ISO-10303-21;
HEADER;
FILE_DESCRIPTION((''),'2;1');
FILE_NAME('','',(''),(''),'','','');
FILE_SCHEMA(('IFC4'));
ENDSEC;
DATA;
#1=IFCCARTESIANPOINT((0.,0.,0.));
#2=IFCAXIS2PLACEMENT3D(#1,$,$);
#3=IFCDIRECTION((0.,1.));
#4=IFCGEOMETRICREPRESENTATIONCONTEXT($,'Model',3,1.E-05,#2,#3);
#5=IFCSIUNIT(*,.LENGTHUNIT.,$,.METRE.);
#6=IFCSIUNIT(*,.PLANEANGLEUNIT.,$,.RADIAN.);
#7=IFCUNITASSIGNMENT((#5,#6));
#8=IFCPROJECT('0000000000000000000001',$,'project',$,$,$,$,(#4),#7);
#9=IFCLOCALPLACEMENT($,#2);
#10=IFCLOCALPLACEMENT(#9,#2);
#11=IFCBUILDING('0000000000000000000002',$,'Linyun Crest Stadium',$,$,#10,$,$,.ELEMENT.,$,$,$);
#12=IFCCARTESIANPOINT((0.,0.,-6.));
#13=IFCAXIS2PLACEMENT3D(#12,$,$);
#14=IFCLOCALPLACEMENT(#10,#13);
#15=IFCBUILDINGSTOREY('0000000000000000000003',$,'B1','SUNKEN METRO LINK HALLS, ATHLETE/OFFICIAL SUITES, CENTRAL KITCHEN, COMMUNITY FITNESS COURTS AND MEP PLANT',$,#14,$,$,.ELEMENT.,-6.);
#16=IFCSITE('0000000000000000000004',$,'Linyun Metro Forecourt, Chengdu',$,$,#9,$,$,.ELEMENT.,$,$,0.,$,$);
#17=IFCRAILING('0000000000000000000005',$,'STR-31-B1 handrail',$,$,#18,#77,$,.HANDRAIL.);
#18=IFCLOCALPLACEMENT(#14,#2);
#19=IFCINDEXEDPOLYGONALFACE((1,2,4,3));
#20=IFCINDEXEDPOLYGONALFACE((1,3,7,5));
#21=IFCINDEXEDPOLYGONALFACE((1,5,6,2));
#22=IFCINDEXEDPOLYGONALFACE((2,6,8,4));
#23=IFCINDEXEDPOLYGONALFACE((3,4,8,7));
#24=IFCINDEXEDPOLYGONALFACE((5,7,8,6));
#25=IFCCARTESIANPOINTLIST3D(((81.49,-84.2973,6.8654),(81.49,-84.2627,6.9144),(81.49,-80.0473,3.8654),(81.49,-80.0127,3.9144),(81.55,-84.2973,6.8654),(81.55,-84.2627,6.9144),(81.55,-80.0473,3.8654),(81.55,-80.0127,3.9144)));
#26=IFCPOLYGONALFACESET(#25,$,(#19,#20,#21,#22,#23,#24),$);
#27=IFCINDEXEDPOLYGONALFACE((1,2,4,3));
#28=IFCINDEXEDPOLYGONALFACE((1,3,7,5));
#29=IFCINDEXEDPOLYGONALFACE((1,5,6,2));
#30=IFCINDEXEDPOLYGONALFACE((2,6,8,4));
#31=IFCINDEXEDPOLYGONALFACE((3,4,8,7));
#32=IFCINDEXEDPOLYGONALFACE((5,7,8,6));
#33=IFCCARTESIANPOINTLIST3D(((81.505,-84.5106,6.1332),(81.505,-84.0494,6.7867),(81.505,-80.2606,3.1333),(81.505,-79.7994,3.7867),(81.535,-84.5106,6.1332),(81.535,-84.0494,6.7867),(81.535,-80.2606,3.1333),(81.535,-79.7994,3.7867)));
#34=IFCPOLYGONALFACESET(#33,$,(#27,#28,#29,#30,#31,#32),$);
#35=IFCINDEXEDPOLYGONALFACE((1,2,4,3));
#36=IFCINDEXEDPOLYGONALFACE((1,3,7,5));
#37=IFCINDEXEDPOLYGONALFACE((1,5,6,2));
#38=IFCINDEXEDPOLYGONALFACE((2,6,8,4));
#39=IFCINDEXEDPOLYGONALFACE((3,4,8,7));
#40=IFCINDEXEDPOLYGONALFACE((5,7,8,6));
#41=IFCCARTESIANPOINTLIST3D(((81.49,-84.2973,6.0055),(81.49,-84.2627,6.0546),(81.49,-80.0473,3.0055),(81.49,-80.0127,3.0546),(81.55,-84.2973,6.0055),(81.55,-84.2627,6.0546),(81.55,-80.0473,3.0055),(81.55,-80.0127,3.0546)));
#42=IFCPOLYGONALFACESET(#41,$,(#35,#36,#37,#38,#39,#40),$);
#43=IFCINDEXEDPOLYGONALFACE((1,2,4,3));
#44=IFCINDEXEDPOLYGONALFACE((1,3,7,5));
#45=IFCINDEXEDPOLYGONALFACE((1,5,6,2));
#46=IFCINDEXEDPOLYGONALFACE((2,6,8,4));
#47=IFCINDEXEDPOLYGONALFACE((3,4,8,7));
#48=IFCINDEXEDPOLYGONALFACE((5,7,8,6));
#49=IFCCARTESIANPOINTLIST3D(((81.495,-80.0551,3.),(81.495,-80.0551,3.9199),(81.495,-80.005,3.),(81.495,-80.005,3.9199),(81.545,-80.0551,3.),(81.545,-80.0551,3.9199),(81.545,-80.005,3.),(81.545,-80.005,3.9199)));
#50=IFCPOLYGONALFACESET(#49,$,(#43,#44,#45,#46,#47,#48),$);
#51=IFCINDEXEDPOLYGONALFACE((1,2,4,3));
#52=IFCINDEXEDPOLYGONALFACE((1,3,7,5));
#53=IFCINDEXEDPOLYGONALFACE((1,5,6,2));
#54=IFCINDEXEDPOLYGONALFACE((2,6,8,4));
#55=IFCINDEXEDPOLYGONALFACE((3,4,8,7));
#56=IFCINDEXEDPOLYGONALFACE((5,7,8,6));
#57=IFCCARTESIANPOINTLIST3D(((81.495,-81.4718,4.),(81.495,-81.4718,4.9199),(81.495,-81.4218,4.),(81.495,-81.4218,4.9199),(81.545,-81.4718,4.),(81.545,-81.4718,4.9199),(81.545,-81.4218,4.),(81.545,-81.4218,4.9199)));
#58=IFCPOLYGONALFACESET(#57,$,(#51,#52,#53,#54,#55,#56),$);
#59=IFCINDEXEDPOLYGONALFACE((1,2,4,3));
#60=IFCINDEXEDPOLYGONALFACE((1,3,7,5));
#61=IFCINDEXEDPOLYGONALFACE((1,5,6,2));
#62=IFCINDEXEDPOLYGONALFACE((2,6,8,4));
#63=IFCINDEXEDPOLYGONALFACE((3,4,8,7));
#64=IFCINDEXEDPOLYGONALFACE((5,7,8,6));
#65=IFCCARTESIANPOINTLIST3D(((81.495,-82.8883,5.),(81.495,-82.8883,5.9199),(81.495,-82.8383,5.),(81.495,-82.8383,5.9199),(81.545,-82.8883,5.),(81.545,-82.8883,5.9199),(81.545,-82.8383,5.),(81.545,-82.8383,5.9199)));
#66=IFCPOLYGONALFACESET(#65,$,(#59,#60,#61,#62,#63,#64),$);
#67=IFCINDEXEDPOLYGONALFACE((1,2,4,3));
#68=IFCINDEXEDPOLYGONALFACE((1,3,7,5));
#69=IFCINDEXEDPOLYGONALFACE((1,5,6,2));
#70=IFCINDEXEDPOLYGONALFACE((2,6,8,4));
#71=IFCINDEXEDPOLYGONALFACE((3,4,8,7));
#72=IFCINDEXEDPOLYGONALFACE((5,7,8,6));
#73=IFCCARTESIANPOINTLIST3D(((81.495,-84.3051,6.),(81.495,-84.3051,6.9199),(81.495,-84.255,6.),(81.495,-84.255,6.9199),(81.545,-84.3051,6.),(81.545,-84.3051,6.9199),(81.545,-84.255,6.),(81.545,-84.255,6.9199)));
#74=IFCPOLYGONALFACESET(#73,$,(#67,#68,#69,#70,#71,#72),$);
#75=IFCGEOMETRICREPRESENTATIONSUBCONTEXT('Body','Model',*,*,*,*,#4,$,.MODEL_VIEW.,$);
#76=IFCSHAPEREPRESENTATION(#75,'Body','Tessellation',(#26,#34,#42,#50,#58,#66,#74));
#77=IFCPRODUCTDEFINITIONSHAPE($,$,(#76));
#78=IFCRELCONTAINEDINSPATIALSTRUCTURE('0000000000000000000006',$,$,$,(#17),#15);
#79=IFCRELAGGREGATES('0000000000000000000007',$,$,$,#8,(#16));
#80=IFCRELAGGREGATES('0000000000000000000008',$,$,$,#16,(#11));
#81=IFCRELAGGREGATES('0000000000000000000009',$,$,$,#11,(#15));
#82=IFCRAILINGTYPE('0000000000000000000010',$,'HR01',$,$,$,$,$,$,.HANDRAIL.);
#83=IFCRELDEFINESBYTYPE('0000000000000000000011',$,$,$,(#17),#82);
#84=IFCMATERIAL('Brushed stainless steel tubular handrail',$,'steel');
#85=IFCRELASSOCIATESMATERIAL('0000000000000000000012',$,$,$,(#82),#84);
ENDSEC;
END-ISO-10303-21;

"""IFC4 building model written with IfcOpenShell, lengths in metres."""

from ifc_helpers import new_model, si_unit, direction, frame, origin, origin_2d, place, context, subcontext, project, spatial, rectangle, extrude, material, type_object, element, save


model = new_model("IFC4")

# Units and contexts
model_context = context("Model", 3, precision=1e-05, world=origin(), true_north=direction((0.0, 1.0)))
body_context = subcontext(model_context, "Body", "Model", "MODEL_VIEW")
ifc_project = project(units=[si_unit("LENGTHUNIT", "METRE"), si_unit("PLANEANGLEUNIT", "RADIAN")], contexts=[model_context])

# Site, building, storey
site_placement = place(None, origin())
site = spatial("IfcSite", under=ifc_project, at=site_placement, Name="Linyun Metro Forecourt, Chengdu", CompositionType="ELEMENT", RefElevation=0.0)
building_placement = place(site_placement, origin())
building = spatial("IfcBuilding", under=site, at=building_placement, Name="Linyun Crest Stadium", CompositionType="ELEMENT")
storey_placement = place(building_placement, frame((0.0, 0.0, -6.0)))
storey = spatial("IfcBuildingStorey", under=building, at=storey_placement, Name="B1", Description="SUNKEN METRO LINK HALLS, ATHLETE/OFFICIAL SUITES, CENTRAL KITCHEN, COMMUNITY FITNESS COURTS AND MEP PLANT", CompositionType="ELEMENT", Elevation=-6.0)

# Railing
ifc_material_1 = material(Name="Brushed stainless steel tubular handrail", Category="steel")
railing_type_1 = type_object("IfcRailingType", Name="HR01", PredefinedType="HANDRAIL", material=ifc_material_1)
railing_1_placement = place(storey_placement, frame((81.52, -80.03, 3.0)))
element("IfcRailing", 1, at=railing_1_placement, inside=storey, type_object=railing_type_1, Name="STR-31-B1 handrail", PredefinedType="HANDRAIL", context=body_context, shape_type="SweptSolid", body=[
    extrude(rectangle(XDim=0.0601, YDim=0.0601, at=origin_2d()), frame((0.0, 0.0, 0.8899), z_axis=(0.0, -0.816968, 0.576683), x_axis=(1.0, 0.0, 0.0)), (0.0, 0.0, 1.0), 5.2021),
    extrude(rectangle(XDim=0.03, YDim=0.7998, at=origin_2d()), frame((0.0, 0.0, 0.46), z_axis=(0.0, -0.816968, 0.576683), x_axis=(1.0, 0.0, 0.0)), (0.0, 0.0, 1.0), 5.2021),
    extrude(rectangle(XDim=0.0601, YDim=0.0601, at=origin_2d()), frame((0.0, 0.0, 0.03), z_axis=(0.0, -0.816968, 0.576683), x_axis=(1.0, 0.0, 0.0)), (0.0, 0.0, 1.0), 5.2021),
    extrude(rectangle(XDim=0.05, YDim=0.05, at=origin_2d()), origin(), (0.0, 0.0, 1.0), 0.9199),
    extrude(rectangle(XDim=0.05, YDim=0.05, at=origin_2d()), frame((0.0, -1.4167, 1.0)), (0.0, 0.0, 1.0), 0.9199),
    extrude(rectangle(XDim=0.05, YDim=0.05, at=origin_2d()), frame((0.0, -2.8333, 2.0)), (0.0, 0.0, 1.0), 0.9199),
    extrude(rectangle(XDim=0.05, YDim=0.05, at=origin_2d()), frame((0.0, -4.25, 3.0)), (0.0, 0.0, 1.0), 0.9199),
])

save(model, "model.ifc")
